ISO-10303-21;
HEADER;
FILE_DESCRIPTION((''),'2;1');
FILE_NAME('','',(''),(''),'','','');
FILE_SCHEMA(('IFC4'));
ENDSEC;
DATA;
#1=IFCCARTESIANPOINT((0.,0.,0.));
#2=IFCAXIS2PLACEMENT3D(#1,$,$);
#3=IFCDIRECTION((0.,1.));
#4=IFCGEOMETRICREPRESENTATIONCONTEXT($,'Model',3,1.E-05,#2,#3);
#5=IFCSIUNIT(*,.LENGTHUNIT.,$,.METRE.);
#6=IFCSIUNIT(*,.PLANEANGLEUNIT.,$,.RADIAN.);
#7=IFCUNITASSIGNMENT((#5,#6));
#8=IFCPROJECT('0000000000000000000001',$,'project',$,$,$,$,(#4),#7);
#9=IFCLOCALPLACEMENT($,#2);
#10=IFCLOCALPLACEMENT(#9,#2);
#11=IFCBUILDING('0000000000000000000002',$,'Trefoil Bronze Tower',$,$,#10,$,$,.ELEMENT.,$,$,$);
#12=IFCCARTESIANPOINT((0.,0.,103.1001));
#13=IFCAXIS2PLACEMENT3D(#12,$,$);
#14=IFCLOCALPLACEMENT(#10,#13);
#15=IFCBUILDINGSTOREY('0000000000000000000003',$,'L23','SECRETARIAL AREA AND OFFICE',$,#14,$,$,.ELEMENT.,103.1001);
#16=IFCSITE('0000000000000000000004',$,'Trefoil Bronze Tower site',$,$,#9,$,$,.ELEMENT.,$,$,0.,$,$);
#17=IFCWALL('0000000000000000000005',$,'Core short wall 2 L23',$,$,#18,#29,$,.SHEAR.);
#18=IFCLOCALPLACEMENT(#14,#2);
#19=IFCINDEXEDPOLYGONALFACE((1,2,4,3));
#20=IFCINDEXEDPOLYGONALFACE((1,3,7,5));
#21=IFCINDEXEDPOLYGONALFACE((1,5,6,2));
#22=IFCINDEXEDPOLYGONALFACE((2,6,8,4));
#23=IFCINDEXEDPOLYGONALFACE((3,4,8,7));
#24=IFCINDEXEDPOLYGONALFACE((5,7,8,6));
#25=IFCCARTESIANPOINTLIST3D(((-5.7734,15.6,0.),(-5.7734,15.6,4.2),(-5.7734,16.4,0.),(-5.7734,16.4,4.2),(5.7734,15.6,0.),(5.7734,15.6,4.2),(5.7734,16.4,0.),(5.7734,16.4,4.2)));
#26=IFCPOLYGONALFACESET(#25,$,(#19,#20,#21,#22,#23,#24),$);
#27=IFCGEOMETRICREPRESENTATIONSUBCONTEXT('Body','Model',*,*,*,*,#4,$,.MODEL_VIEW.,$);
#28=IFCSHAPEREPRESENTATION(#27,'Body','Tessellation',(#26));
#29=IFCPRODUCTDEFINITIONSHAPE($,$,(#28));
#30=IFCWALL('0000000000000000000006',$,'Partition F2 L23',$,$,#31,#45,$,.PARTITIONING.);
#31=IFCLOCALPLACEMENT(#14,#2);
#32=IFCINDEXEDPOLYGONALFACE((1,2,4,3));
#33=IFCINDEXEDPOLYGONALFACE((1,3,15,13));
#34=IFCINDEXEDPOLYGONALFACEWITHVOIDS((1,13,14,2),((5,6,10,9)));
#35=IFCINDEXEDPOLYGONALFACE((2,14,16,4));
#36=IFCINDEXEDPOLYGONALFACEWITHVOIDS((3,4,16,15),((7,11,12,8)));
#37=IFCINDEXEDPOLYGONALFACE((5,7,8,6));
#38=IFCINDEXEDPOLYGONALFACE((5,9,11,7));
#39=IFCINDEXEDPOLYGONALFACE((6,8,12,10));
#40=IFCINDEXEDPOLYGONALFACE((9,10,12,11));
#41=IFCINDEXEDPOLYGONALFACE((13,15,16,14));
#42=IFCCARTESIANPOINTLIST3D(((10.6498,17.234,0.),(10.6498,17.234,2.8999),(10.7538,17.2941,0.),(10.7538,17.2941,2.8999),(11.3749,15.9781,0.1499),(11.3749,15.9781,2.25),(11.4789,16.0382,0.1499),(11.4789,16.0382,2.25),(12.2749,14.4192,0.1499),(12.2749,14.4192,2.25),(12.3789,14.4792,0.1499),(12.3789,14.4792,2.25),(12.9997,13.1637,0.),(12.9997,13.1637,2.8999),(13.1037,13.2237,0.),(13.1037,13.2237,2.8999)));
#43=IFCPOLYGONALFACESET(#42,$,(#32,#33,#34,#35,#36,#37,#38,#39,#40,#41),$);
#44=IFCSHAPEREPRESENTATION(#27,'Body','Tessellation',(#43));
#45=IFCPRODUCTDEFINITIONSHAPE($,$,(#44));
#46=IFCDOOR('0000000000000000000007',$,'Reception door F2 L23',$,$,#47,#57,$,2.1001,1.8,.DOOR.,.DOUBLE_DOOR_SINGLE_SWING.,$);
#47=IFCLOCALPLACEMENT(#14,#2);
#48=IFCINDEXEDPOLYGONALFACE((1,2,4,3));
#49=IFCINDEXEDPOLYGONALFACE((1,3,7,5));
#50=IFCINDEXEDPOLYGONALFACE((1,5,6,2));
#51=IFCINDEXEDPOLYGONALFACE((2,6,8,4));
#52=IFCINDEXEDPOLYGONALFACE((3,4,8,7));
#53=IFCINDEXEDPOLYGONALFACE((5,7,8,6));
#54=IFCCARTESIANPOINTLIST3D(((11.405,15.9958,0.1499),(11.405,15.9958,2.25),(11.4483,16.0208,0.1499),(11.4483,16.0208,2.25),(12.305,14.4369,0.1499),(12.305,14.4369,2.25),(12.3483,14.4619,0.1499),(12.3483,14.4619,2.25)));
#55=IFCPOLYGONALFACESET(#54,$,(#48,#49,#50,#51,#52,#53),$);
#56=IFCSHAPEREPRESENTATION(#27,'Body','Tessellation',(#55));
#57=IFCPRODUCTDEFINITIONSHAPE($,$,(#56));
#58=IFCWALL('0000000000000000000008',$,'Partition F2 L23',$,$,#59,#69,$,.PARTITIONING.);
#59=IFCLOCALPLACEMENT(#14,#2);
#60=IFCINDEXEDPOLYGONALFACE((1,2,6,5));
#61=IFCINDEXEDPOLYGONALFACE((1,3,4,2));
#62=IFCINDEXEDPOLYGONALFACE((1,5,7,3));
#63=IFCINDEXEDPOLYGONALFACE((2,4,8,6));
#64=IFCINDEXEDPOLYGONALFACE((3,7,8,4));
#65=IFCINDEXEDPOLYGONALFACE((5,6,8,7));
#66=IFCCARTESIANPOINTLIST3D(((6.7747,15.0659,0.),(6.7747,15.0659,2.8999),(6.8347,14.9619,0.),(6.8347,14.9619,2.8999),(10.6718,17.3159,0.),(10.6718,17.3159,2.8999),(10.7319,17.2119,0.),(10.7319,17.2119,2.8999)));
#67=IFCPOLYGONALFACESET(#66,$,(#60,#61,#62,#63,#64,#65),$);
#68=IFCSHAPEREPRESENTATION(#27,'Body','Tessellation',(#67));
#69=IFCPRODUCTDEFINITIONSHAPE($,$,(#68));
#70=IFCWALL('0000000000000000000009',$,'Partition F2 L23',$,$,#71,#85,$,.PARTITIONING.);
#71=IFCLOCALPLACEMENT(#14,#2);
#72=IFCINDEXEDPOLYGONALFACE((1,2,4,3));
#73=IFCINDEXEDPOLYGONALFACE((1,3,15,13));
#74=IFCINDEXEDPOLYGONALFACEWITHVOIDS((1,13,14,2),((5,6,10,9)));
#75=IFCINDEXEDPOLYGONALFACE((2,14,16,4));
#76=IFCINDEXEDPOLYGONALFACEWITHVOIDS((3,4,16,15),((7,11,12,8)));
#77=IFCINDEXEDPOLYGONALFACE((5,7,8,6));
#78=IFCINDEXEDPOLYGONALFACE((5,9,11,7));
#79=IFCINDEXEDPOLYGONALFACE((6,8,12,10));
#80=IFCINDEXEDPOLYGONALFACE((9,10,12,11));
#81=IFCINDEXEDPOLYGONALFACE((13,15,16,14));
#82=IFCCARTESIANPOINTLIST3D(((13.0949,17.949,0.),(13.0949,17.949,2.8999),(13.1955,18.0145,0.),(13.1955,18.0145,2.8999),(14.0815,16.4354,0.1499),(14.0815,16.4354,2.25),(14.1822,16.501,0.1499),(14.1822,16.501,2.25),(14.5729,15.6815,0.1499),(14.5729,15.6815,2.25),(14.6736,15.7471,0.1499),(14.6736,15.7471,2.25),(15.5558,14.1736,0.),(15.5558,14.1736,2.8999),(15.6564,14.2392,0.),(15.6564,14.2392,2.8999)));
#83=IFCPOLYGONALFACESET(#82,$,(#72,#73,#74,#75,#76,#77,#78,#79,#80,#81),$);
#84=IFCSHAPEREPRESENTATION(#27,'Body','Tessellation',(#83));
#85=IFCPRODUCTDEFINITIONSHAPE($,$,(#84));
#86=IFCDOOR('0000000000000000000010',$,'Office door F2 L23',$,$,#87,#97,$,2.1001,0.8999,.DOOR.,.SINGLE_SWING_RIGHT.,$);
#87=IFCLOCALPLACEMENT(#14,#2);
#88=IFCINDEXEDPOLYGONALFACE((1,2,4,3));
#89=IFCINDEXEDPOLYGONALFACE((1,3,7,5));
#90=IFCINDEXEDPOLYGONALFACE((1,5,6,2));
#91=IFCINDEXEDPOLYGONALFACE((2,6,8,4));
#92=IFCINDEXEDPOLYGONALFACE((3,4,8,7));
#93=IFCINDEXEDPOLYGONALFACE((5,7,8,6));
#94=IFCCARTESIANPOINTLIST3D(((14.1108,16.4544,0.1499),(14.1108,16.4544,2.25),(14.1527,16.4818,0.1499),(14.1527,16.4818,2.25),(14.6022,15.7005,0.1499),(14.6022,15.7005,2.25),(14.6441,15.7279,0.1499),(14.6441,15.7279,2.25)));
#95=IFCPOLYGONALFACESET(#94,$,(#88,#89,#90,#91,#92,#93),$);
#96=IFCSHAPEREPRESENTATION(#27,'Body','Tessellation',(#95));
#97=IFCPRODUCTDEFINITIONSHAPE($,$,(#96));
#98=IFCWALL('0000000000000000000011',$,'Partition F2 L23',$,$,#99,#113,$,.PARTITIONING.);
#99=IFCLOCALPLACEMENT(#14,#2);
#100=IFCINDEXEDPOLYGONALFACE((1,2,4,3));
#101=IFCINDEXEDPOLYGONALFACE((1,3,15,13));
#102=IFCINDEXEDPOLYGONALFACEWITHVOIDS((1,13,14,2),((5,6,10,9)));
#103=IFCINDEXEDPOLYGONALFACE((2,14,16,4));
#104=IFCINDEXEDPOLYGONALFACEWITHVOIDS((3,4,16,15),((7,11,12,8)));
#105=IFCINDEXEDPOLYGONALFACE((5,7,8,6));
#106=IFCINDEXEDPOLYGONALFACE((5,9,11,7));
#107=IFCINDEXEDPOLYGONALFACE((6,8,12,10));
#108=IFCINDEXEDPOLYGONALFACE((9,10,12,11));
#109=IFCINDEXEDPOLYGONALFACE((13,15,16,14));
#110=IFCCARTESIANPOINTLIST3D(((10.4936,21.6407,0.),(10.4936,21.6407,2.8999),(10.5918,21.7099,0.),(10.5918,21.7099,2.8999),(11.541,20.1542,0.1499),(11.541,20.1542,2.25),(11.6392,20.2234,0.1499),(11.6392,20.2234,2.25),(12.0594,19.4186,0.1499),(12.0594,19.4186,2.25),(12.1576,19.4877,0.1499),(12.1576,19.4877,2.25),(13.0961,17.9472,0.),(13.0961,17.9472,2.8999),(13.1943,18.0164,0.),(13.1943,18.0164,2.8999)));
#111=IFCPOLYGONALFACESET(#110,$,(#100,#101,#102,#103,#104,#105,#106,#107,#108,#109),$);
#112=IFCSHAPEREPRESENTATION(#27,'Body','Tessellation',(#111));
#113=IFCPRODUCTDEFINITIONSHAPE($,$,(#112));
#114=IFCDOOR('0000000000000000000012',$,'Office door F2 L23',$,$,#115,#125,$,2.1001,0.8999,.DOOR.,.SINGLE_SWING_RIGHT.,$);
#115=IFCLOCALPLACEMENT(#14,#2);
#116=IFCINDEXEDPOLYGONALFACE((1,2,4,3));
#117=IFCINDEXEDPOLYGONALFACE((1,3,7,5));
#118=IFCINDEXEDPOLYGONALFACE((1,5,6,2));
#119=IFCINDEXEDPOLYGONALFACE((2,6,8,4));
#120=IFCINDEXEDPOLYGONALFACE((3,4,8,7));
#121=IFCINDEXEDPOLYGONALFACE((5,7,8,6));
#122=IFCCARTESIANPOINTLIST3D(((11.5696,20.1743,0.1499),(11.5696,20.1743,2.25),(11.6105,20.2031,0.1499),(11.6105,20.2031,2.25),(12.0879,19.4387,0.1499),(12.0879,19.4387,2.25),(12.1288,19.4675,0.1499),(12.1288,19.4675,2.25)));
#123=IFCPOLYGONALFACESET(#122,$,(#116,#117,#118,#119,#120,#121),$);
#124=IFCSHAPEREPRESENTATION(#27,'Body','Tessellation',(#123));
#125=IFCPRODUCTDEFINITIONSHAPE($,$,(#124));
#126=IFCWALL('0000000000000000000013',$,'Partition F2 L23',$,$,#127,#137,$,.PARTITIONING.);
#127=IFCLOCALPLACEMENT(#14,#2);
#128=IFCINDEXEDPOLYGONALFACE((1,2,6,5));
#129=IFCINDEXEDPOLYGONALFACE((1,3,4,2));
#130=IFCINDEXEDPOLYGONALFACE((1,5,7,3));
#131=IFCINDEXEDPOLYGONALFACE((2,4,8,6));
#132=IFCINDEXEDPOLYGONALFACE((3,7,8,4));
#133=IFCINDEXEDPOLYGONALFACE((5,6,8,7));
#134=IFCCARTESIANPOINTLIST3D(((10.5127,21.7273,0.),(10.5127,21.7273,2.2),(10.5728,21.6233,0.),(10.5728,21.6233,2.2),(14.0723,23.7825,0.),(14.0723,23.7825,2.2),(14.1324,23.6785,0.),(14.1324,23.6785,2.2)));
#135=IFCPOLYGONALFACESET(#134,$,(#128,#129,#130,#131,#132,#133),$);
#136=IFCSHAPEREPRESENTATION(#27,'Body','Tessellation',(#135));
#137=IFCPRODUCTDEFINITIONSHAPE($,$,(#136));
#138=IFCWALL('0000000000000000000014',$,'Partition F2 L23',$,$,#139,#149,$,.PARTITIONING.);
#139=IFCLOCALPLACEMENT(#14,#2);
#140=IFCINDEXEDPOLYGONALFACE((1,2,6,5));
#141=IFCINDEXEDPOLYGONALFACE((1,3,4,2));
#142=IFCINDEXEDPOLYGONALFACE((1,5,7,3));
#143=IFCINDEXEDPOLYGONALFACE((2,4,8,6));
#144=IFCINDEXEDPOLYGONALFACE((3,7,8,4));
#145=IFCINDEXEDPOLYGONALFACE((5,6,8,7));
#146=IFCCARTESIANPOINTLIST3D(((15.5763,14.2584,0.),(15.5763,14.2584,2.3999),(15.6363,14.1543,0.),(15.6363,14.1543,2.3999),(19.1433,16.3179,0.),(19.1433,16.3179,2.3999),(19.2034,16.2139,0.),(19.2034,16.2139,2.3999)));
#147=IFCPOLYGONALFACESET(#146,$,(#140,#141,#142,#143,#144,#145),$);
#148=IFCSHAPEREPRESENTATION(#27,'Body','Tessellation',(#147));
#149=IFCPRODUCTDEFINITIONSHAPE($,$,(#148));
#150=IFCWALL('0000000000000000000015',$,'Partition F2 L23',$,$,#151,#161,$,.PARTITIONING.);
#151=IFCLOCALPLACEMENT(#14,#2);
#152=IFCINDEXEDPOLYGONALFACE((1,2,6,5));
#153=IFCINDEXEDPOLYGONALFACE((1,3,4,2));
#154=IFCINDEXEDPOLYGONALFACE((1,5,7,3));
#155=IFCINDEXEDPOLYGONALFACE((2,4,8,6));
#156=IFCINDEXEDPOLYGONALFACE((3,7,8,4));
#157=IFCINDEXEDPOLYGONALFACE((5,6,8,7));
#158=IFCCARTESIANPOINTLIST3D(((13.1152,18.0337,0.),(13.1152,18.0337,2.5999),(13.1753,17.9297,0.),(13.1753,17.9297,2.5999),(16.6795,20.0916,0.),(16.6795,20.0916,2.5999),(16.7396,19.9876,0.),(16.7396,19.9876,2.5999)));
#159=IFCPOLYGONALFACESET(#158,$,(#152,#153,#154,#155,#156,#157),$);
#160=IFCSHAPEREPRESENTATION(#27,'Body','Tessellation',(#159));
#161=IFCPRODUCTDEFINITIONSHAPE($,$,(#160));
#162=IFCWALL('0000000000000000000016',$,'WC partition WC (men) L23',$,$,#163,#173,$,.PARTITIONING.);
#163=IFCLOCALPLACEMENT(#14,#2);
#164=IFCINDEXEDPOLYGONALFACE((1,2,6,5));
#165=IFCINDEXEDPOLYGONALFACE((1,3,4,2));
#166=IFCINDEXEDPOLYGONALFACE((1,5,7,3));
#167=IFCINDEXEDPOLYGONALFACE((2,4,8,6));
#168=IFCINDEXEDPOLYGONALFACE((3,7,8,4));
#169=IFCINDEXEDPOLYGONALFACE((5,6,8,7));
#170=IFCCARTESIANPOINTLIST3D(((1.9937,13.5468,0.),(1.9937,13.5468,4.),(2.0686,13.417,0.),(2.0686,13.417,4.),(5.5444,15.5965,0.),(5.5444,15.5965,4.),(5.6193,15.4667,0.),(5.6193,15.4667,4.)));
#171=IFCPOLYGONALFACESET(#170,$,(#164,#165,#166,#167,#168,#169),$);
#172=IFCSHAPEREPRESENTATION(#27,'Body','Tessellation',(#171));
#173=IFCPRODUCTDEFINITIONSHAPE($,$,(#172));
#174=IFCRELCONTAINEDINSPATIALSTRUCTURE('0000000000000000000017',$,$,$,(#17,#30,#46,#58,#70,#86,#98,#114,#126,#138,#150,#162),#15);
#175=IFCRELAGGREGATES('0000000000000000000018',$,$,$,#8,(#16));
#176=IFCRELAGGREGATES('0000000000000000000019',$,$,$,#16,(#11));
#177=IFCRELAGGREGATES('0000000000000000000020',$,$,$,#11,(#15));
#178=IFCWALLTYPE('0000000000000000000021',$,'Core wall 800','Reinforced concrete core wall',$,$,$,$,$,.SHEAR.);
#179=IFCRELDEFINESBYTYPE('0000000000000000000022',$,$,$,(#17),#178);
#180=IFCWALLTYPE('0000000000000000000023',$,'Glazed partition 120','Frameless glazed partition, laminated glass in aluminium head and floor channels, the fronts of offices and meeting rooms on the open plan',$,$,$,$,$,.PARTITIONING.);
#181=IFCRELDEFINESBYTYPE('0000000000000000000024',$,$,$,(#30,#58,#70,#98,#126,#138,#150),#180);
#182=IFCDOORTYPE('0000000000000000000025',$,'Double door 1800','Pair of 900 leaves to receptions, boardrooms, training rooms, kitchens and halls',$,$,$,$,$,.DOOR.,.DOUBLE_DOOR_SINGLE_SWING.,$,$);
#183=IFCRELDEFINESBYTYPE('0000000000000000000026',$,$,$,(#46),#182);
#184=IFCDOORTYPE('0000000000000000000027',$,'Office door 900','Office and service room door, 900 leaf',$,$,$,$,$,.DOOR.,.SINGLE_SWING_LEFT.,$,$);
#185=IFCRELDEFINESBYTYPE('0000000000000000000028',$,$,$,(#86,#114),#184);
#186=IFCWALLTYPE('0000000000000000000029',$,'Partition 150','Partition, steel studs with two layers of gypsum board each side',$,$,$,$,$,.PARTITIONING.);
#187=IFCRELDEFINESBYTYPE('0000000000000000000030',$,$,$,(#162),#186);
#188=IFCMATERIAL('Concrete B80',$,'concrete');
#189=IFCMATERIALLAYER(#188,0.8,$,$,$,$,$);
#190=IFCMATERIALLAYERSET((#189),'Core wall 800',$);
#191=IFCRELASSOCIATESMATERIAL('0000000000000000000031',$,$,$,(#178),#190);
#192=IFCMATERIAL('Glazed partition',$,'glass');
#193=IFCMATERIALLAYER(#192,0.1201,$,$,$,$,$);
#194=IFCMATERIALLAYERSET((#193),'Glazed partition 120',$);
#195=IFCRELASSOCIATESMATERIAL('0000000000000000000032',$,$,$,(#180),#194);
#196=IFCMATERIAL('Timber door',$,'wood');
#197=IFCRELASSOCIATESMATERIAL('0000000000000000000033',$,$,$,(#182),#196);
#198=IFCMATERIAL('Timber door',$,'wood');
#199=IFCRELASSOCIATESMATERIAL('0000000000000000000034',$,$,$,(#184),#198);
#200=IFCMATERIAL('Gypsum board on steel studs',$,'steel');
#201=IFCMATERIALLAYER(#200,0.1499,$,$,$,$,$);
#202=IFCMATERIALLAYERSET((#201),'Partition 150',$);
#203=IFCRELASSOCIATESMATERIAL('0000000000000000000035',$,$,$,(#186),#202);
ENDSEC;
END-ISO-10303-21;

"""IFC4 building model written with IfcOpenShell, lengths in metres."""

from ifc_helpers import new_model, si_unit, direction, frame, frame_2d, origin, place, context, subcontext, project, spatial, rectangle, extrude, material, layer, layer_set, type_object, element, fill, save


model = new_model("IFC4")

# Units and contexts
model_context = context("Model", 3, precision=1e-05, world=origin(), true_north=direction((0.0, 1.0)))
body_context = subcontext(model_context, "Body", "Model", "MODEL_VIEW")
ifc_project = project(units=[si_unit("LENGTHUNIT", "METRE"), si_unit("PLANEANGLEUNIT", "RADIAN")], contexts=[model_context])

# Site, building, storey
site_placement = place(None, origin())
site = spatial("IfcSite", under=ifc_project, at=site_placement, Name="Trefoil Bronze Tower site", CompositionType="ELEMENT", RefElevation=0.0)
building_placement = place(site_placement, origin())
building = spatial("IfcBuilding", under=site, at=building_placement, Name="Trefoil Bronze Tower", CompositionType="ELEMENT")
storey_placement = place(building_placement, frame((0.0, 0.0, 103.1001)))
storey = spatial("IfcBuildingStorey", under=building, at=storey_placement, Name="L23", Description="SECRETARIAL AREA AND OFFICE", CompositionType="ELEMENT", Elevation=103.1001)

# Wall
ifc_material_1 = material(Name="Concrete B80", Category="concrete")
ifc_layer_1 = layer(ifc_material_1, 0.8)
ifc_layer_set_1 = layer_set([ifc_layer_1], Name="Core wall 800")
wall_type_1 = type_object("IfcWallType", Name="Core wall 800", Description="Reinforced concrete core wall", PredefinedType="SHEAR", material=ifc_layer_set_1)
wall_1_placement = place(storey_placement, frame((5.7734, 16.0, 0.0), z_axis=(0.0, 0.0, 1.0), x_axis=(-1.0, 0.0, 0.0)))
element("IfcWall", 1, at=wall_1_placement, inside=storey, type_object=wall_type_1, Name="Core short wall 2 L23", PredefinedType="SHEAR", context=body_context, shape_type="SweptSolid", body=[
    extrude(rectangle(XDim=11.5469, YDim=0.8, at=frame_2d((5.7734, 0.0))), origin(), (0.0, 0.0, 1.0), 4.2),
])

# Wall, opening, door
ifc_material_2 = material(Name="Glazed partition", Category="glass")
ifc_layer_2 = layer(ifc_material_2, 0.1201)
ifc_layer_set_2 = layer_set([ifc_layer_2], Name="Glazed partition 120")
wall_type_2 = type_object("IfcWallType", Name="Glazed partition 120", Description="Frameless glazed partition, laminated glass in aluminium head and floor channels, the fronts of offices and meeting rooms on the open plan", PredefinedType="PARTITIONING", material=ifc_layer_set_2)
wall_2_placement = place(storey_placement, frame((13.0518, 13.1936, 0.0), z_axis=(0.0, 0.0, 1.0), x_axis=(-0.499977, 0.866039, 0.0)))
wall_2 = element("IfcWall", 2, at=wall_2_placement, inside=storey, type_object=wall_type_2, Name="Partition F2 L23", PredefinedType="PARTITIONING", context=body_context, shape_type="SweptSolid", body=[
    extrude(rectangle(XDim=4.7, YDim=0.1201, at=frame_2d((2.3501, 0.0))), origin(), (0.0, 0.0, 1.0), 2.8999),
])
opening_1_placement = place(wall_2_placement, frame((1.45, 0.0, 0.1499)))
opening_1 = element("IfcOpeningElement", 3, at=opening_1_placement, cuts=wall_2, PredefinedType="OPENING", context=body_context, shape_type="SweptSolid", body=[
    extrude(rectangle(XDim=1.8, YDim=2.1001, at=frame_2d((0.8999, 1.05))), frame((0.0, 0.0701, 0.0), z_axis=(0.0, -1.0, 0.0), x_axis=(1.0, 0.0, 0.0)), (0.0, 0.0, 1.0), 0.1401),
])
ifc_material_3 = material(Name="Timber door", Category="wood")
door_type_1 = type_object("IfcDoorType", Name="Double door 1800", Description="Pair of 900 leaves to receptions, boardrooms, training rooms, kitchens and halls", OperationType="DOUBLE_DOOR_SINGLE_SWING", PredefinedType="DOOR", material=ifc_material_3)
door_1_placement = place(opening_1_placement, frame((1.8, 0.0, 0.0), z_axis=(0.0, 0.0, 1.0), x_axis=(-1.0, 0.0, 0.0)))
door_1 = element("IfcDoor", 4, at=door_1_placement, inside=storey, type_object=door_type_1, Name="Reception door F2 L23", OperationType="DOUBLE_DOOR_SINGLE_SWING", OverallHeight=2.1001, OverallWidth=1.8, PredefinedType="DOOR", context=body_context, shape_type="SweptSolid", body=[
    extrude(rectangle(XDim=1.8, YDim=2.1001, at=frame_2d((0.8999, 1.05))), frame((0.0, 0.0249, 0.0), z_axis=(0.0, -1.0, 0.0), x_axis=(1.0, 0.0, 0.0)), (0.0, 0.0, 1.0), 0.05),
])
fill(opening_1, door_1)

# Wall
wall_3_placement = place(storey_placement, frame((6.8047, 15.0139, 0.0), z_axis=(0.0, 0.0, 1.0), x_axis=(0.866031, 0.49999, 0.0)))
element("IfcWall", 5, at=wall_3_placement, inside=storey, type_object=wall_type_2, Name="Partition F2 L23", PredefinedType="PARTITIONING", context=body_context, shape_type="SweptSolid", body=[
    extrude(rectangle(XDim=4.5, YDim=0.1201, at=frame_2d((2.25, 0.0))), origin(), (0.0, 0.0, 1.0), 2.8999),
])

# Walls, openings, doors
wall_4_placement = place(storey_placement, frame((15.6062, 14.2063, 0.0), z_axis=(0.0, 0.0, 1.0), x_axis=(-0.546069, 0.83774, 0.0)))
wall_4 = element("IfcWall", 6, at=wall_4_placement, inside=storey, type_object=wall_type_2, Name="Partition F2 L23", PredefinedType="PARTITIONING", context=body_context, shape_type="SweptSolid", body=[
    extrude(rectangle(XDim=4.5066, YDim=0.1201, at=frame_2d((2.2534, 0.0))), origin(), (0.0, 0.0, 1.0), 2.8999),
])
opening_2_placement = place(wall_4_placement, frame((1.8, 0.0, 0.1499)))
opening_2 = element("IfcOpeningElement", 7, at=opening_2_placement, cuts=wall_4, PredefinedType="OPENING", context=body_context, shape_type="SweptSolid", body=[
    extrude(rectangle(XDim=0.8999, YDim=2.1001, at=frame_2d((0.45, 1.05))), frame((0.0, 0.0701, 0.0), z_axis=(0.0, -1.0, 0.0), x_axis=(1.0, 0.0, 0.0)), (0.0, 0.0, 1.0), 0.1401),
])
ifc_material_4 = material(Name="Timber door", Category="wood")
door_type_2 = type_object("IfcDoorType", Name="Office door 900", Description="Office and service room door, 900 leaf", OperationType="SINGLE_SWING_LEFT", PredefinedType="DOOR", material=ifc_material_4)
door_2_placement = place(opening_2_placement, frame((0.8999, 0.0, 0.0), z_axis=(0.0, 0.0, 1.0), x_axis=(-1.0, 0.0, 0.0)))
door_2 = element("IfcDoor", 8, at=door_2_placement, inside=storey, type_object=door_type_2, Name="Office door F2 L23", OperationType="SINGLE_SWING_RIGHT", OverallHeight=2.1001, OverallWidth=0.8999, PredefinedType="DOOR", context=body_context, shape_type="SweptSolid", body=[
    extrude(rectangle(XDim=0.8999, YDim=2.1001, at=frame_2d((0.45, 1.05))), frame((0.0, 0.0249, 0.0), z_axis=(0.0, -1.0, 0.0), x_axis=(1.0, 0.0, 0.0)), (0.0, 0.0, 1.0), 0.05),
])
fill(opening_2, door_2)
wall_5_placement = place(storey_placement, frame((13.1453, 17.9817, 0.0), z_axis=(0.0, 0.0, 1.0), x_axis=(-0.575987, 0.817459, 0.0)))
wall_5 = element("IfcWall", 9, at=wall_5_placement, inside=storey, type_object=wall_type_2, Name="Partition F2 L23", PredefinedType="PARTITIONING", context=body_context, shape_type="SweptSolid", body=[
    extrude(rectangle(XDim=4.5183, YDim=0.1201, at=frame_2d((2.2593, 0.0))), origin(), (0.0, 0.0, 1.0), 2.8999),
])
opening_3_placement = place(wall_5_placement, frame((1.8, 0.0, 0.1499)))
opening_3 = element("IfcOpeningElement", 10, at=opening_3_placement, cuts=wall_5, PredefinedType="OPENING", context=body_context, shape_type="SweptSolid", body=[
    extrude(rectangle(XDim=0.8999, YDim=2.1001, at=frame_2d((0.45, 1.05))), frame((0.0, 0.0701, 0.0), z_axis=(0.0, -1.0, 0.0), x_axis=(1.0, 0.0, 0.0)), (0.0, 0.0, 1.0), 0.1401),
])
door_3_placement = place(opening_3_placement, frame((0.8999, 0.0, 0.0), z_axis=(0.0, 0.0, 1.0), x_axis=(-1.0, 0.0, 0.0)))
door_3 = element("IfcDoor", 11, at=door_3_placement, inside=storey, type_object=door_type_2, Name="Office door F2 L23", OperationType="SINGLE_SWING_RIGHT", OverallHeight=2.1001, OverallWidth=0.8999, PredefinedType="DOOR", context=body_context, shape_type="SweptSolid", body=[
    extrude(rectangle(XDim=0.8999, YDim=2.1001, at=frame_2d((0.45, 1.05))), frame((0.0, 0.0249, 0.0), z_axis=(0.0, -1.0, 0.0), x_axis=(1.0, 0.0, 0.0)), (0.0, 0.0, 1.0), 0.05),
])
fill(opening_3, door_3)

# Walls
wall_6_placement = place(storey_placement, frame((10.5427, 21.6753, 0.0), z_axis=(0.0, 0.0, 1.0), x_axis=(0.866019, 0.50001, 0.0)))
element("IfcWall", 12, at=wall_6_placement, inside=storey, type_object=wall_type_2, Name="Partition F2 L23", PredefinedType="PARTITIONING", context=body_context, shape_type="SweptSolid", body=[
    extrude(rectangle(XDim=4.1104, YDim=0.1201, at=frame_2d((2.0552, 0.0))), origin(), (0.0, 0.0, 1.0), 2.2),
])
wall_7_placement = place(storey_placement, frame((15.6062, 14.2063, 0.0), z_axis=(0.0, 0.0, 1.0), x_axis=(0.866017, 0.500015, 0.0)))
element("IfcWall", 13, at=wall_7_placement, inside=storey, type_object=wall_type_2, Name="Partition F2 L23", PredefinedType="PARTITIONING", context=body_context, shape_type="SweptSolid", body=[
    extrude(rectangle(XDim=4.1189, YDim=0.1201, at=frame_2d((2.0596, 0.0))), origin(), (0.0, 0.0, 1.0), 2.3999),
])
wall_8_placement = place(storey_placement, frame((13.1453, 17.9817, 0.0), z_axis=(0.0, 0.0, 1.0), x_axis=(0.866019, 0.500012, 0.0)))
element("IfcWall", 14, at=wall_8_placement, inside=storey, type_object=wall_type_2, Name="Partition F2 L23", PredefinedType="PARTITIONING", context=body_context, shape_type="SweptSolid", body=[
    extrude(rectangle(XDim=4.1157, YDim=0.1201, at=frame_2d((2.0579, 0.0))), origin(), (0.0, 0.0, 1.0), 2.5999),
])
ifc_material_5 = material(Name="Gypsum board on steel studs", Category="steel")
ifc_layer_3 = layer(ifc_material_5, 0.1499)
ifc_layer_set_3 = layer_set([ifc_layer_3], Name="Partition 150")
wall_type_3 = type_object("IfcWallType", Name="Partition 150", Description="Partition, steel studs with two layers of gypsum board each side", PredefinedType="PARTITIONING", material=ifc_layer_set_3)
wall_9_placement = place(storey_placement, frame((2.0312, 13.4819, 0.0), z_axis=(0.0, 0.0, 1.0), x_axis=(0.866051, 0.499956, 0.0)))
element("IfcWall", 15, at=wall_9_placement, inside=storey, type_object=wall_type_3, Name="WC partition WC (men) L23", PredefinedType="PARTITIONING", context=body_context, shape_type="SweptSolid", body=[
    extrude(rectangle(XDim=4.0999, YDim=0.1499, at=frame_2d((2.0498, 0.0))), origin(), (0.0, 0.0, 1.0), 4.0),
])

save(model, "model.ifc")
